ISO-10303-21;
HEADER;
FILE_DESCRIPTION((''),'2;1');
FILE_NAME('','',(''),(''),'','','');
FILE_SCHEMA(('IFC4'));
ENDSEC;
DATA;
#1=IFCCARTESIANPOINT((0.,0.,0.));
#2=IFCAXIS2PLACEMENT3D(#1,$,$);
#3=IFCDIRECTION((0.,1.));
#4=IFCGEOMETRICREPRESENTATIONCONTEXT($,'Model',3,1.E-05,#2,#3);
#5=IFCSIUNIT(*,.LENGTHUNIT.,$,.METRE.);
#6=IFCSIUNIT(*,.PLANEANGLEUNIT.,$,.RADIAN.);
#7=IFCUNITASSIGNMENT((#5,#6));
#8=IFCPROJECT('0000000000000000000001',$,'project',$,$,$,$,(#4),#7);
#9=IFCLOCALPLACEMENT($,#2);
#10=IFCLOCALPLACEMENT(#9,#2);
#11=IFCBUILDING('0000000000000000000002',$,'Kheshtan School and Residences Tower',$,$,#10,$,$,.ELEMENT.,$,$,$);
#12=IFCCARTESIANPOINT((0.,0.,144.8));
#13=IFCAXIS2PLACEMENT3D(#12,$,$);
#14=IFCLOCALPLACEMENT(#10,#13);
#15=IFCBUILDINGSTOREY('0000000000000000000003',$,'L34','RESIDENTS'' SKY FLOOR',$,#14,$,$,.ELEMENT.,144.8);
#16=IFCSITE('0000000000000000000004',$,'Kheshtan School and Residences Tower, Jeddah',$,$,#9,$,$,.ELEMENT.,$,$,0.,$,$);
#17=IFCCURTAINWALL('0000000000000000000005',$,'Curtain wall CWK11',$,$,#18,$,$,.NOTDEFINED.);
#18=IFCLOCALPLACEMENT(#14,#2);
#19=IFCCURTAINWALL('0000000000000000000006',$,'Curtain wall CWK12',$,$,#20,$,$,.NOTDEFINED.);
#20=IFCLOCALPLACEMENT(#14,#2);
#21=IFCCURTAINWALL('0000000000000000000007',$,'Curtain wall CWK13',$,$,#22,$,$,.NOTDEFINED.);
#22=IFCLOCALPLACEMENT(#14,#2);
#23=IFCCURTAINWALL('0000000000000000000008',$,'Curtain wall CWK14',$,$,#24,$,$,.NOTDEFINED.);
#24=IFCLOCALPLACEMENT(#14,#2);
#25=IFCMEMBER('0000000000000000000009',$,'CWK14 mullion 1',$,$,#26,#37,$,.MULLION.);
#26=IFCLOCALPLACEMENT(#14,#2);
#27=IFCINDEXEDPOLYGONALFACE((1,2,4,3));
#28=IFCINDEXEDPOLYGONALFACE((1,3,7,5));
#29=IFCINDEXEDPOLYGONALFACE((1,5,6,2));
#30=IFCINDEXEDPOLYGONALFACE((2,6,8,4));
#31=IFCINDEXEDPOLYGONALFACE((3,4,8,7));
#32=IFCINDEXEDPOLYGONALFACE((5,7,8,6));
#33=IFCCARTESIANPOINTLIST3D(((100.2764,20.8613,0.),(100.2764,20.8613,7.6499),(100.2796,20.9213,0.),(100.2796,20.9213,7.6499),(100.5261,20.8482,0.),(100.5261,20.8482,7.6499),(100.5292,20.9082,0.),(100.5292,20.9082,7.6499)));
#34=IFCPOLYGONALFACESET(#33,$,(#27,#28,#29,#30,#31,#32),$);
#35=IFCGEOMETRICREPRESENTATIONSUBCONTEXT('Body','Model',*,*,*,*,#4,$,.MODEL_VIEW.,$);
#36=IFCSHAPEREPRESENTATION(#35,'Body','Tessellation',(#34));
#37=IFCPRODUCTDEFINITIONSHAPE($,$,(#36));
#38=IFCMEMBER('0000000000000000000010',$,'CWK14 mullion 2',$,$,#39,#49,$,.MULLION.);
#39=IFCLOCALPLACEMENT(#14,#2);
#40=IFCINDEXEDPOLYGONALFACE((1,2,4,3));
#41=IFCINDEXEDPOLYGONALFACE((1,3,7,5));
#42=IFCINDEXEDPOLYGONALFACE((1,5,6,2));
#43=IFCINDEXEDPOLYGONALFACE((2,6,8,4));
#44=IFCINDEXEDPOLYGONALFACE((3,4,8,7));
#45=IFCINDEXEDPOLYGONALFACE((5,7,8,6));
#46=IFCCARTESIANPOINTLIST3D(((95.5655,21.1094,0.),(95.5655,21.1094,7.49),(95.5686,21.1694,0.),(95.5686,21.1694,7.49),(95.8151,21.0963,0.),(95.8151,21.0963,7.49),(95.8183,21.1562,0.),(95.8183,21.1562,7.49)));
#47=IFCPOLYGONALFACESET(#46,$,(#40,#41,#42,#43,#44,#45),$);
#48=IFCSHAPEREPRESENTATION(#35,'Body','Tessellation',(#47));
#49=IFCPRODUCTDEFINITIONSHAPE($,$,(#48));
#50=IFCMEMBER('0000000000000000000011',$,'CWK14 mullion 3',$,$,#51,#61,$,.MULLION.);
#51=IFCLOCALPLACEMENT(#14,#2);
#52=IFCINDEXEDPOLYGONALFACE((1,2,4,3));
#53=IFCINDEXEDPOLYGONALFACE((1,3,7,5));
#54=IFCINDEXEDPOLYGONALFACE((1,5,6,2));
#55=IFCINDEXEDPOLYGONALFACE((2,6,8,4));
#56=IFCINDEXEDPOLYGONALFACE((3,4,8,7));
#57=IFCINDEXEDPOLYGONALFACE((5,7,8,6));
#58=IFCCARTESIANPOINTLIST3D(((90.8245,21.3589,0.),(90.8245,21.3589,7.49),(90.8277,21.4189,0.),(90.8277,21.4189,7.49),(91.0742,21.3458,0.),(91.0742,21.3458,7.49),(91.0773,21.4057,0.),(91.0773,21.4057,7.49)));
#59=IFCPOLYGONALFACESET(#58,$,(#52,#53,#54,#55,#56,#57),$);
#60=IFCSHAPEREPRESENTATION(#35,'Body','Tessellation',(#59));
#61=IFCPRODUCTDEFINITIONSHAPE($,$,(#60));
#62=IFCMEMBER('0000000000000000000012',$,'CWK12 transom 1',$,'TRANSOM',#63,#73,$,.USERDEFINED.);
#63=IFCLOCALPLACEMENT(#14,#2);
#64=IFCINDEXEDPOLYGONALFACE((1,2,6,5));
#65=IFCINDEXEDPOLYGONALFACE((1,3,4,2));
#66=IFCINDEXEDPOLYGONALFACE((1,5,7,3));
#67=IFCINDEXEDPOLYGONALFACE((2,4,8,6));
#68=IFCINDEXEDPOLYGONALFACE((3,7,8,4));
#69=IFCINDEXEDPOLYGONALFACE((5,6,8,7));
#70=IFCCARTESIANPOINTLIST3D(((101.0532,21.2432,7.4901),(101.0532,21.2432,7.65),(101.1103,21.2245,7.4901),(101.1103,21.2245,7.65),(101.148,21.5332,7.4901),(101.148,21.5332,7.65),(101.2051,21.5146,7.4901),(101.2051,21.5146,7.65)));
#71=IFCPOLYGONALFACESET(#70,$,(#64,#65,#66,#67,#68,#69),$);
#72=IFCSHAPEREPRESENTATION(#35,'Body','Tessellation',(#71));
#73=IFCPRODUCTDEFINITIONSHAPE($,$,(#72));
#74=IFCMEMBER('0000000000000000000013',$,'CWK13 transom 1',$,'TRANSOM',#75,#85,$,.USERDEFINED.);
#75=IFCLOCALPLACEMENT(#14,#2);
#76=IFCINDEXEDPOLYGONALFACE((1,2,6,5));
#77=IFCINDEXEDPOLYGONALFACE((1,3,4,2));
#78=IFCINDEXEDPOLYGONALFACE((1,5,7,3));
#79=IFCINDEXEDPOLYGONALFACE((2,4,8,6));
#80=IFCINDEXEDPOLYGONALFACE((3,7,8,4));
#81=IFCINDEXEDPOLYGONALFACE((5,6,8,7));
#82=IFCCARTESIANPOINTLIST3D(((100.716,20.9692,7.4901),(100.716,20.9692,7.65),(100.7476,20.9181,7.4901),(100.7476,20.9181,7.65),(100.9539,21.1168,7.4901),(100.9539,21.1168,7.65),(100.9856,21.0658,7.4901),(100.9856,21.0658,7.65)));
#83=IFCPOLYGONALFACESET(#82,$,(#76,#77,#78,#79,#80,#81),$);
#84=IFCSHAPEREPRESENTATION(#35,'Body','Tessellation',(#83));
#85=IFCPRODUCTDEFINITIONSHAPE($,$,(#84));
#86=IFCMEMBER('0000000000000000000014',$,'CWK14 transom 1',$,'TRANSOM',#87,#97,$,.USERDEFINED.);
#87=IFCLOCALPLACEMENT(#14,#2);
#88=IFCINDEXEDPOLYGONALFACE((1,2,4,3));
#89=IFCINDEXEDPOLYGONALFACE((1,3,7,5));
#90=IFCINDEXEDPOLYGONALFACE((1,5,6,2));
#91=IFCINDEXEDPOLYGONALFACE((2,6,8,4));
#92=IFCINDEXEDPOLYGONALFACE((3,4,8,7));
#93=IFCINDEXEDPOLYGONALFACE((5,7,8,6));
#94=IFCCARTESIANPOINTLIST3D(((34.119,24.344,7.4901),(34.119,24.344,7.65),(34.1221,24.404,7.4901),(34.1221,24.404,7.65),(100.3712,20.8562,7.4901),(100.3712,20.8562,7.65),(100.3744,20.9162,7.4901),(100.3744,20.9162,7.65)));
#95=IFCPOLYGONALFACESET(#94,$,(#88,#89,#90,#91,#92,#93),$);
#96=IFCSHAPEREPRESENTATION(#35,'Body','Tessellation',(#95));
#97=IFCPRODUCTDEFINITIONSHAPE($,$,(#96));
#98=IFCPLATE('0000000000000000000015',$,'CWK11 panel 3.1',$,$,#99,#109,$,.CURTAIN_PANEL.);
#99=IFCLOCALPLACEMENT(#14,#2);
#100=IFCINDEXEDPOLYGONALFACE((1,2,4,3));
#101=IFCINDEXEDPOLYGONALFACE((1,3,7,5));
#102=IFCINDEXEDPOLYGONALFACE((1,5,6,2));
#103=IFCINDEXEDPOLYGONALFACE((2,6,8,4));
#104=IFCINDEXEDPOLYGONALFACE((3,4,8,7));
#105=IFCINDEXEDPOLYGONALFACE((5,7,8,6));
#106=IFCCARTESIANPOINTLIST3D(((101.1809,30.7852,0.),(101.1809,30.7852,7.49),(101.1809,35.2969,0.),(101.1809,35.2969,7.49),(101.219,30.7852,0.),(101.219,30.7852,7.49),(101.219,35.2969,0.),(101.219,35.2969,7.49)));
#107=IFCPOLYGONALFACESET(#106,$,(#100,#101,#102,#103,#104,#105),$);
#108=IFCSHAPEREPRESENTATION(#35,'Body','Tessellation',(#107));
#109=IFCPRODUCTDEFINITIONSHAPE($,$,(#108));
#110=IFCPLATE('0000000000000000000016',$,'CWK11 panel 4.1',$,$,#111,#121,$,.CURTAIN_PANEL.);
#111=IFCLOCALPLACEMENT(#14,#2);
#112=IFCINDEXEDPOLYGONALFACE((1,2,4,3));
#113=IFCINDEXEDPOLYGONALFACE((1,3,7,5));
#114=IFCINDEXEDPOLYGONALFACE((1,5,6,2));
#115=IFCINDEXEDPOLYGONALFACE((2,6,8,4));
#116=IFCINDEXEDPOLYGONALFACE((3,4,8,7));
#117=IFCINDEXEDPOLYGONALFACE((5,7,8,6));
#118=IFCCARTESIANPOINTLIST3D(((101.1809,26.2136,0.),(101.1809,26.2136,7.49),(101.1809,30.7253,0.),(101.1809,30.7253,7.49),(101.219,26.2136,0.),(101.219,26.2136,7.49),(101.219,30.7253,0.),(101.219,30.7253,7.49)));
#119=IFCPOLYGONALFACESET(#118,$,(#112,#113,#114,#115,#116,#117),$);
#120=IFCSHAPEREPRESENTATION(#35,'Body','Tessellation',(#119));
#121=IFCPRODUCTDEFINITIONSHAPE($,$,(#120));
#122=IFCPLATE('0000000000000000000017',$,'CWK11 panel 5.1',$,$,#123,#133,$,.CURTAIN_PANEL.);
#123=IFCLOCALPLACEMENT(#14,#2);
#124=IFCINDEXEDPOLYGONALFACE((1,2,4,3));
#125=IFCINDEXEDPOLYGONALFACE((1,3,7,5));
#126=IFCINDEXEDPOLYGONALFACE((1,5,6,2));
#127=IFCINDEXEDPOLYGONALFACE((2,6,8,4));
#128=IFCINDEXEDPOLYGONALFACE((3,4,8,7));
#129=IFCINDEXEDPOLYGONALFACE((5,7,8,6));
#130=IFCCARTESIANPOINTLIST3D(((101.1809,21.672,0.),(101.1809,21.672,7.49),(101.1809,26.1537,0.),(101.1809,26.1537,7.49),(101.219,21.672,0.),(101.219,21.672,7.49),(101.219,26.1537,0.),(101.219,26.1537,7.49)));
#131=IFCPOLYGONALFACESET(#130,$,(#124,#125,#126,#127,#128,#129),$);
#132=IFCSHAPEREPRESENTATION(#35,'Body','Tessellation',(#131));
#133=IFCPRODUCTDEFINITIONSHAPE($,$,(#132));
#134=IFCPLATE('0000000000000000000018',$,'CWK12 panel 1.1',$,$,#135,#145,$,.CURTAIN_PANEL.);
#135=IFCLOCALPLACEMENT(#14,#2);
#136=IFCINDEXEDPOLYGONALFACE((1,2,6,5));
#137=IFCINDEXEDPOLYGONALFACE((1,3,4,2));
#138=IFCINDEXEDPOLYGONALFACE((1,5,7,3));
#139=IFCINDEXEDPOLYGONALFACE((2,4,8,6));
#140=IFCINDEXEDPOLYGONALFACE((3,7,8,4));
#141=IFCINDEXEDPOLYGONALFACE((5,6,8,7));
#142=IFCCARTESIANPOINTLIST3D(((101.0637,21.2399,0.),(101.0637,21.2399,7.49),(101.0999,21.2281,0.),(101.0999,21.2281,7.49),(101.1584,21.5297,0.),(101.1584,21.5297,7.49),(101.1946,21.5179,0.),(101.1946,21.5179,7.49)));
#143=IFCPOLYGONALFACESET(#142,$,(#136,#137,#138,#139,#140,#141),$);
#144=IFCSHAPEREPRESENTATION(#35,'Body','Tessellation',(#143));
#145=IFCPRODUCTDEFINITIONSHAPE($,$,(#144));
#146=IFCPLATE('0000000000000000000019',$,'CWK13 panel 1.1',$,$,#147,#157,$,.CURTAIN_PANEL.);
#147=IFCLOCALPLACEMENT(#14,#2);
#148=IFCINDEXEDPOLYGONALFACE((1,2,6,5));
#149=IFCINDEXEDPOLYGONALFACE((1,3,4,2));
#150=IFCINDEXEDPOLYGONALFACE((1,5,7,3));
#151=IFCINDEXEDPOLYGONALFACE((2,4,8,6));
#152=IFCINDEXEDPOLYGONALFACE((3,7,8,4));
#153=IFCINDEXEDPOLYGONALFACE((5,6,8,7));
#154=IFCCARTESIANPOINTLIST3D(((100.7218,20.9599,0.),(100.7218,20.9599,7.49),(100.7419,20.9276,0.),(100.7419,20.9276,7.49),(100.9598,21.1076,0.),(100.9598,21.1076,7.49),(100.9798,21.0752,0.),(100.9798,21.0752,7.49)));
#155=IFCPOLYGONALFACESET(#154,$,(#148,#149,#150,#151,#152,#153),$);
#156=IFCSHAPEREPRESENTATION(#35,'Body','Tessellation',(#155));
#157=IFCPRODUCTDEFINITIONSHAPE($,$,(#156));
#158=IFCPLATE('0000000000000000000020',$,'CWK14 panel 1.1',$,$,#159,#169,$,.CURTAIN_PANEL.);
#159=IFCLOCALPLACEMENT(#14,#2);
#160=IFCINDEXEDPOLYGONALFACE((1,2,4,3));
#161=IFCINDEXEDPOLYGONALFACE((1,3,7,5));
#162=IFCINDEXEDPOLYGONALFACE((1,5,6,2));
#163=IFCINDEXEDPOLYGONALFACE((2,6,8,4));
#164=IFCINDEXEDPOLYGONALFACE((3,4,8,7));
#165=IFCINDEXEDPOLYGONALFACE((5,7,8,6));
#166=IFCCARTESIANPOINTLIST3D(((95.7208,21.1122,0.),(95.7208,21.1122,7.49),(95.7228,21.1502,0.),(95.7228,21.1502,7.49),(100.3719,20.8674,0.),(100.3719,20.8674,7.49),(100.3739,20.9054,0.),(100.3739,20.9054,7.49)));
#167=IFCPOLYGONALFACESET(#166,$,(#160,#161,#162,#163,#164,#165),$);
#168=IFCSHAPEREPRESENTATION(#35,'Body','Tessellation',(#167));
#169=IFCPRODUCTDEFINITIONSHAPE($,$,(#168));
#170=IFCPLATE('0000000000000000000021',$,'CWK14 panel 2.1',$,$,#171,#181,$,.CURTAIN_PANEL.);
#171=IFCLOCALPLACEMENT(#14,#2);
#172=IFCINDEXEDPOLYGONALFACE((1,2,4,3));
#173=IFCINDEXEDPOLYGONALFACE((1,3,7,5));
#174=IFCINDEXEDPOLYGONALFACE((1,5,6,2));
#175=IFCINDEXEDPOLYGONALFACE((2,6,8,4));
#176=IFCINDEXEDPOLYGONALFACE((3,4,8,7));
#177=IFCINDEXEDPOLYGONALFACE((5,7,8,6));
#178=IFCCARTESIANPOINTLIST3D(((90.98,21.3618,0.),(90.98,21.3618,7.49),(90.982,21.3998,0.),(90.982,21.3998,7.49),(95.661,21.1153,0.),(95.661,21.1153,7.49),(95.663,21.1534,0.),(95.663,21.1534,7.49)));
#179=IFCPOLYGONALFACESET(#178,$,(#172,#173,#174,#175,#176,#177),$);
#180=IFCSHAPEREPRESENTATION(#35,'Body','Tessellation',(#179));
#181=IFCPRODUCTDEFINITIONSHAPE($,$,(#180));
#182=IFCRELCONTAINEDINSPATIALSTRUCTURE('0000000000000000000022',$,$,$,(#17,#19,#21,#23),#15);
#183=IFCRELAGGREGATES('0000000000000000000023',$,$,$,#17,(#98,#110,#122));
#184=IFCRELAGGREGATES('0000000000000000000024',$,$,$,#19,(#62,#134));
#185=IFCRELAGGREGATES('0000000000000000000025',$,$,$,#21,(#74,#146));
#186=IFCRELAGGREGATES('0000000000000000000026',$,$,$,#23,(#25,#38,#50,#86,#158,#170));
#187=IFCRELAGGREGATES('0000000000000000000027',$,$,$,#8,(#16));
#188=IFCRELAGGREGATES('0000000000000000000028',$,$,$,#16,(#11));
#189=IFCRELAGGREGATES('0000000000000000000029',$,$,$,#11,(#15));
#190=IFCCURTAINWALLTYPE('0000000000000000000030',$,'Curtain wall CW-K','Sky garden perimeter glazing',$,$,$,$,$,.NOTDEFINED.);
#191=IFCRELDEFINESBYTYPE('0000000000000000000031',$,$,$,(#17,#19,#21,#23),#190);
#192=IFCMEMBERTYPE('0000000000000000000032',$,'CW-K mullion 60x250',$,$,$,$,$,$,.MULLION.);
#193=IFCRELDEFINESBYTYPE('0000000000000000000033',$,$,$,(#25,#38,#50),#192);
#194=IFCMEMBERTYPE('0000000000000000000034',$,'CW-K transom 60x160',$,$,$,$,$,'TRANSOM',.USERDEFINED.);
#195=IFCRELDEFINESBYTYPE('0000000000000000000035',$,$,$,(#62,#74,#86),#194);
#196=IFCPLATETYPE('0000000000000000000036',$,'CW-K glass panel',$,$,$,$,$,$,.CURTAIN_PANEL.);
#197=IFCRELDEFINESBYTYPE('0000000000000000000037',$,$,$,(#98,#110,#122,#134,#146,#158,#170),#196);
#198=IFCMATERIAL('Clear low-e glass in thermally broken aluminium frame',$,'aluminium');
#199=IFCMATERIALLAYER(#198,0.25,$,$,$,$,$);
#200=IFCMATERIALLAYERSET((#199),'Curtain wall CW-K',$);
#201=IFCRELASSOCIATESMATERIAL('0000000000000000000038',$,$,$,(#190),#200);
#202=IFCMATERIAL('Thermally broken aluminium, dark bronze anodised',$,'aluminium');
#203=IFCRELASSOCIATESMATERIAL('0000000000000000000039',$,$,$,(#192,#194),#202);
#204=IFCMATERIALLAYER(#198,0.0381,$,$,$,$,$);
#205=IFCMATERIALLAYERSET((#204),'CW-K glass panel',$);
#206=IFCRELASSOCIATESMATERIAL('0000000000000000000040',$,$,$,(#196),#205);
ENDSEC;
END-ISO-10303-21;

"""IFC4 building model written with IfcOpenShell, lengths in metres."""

from ifc_helpers import new_model, si_unit, direction, frame, origin, origin_2d, place, context, subcontext, project, spatial, rectangle, extrude, material, layer, layer_set, material_profile, profile_set, type_object, element, aggregate, save


model = new_model("IFC4")

# Units and contexts
model_context = context("Model", 3, precision=1e-05, world=origin(), true_north=direction((0.0, 1.0)))
body_context = subcontext(model_context, "Body", "Model", "MODEL_VIEW")
ifc_project = project(units=[si_unit("LENGTHUNIT", "METRE"), si_unit("PLANEANGLEUNIT", "RADIAN")], contexts=[model_context])

# Site, building, storey
site_placement = place(None, origin())
site = spatial("IfcSite", under=ifc_project, at=site_placement, Name="Kheshtan School and Residences Tower, Jeddah", CompositionType="ELEMENT", RefElevation=0.0)
building_placement = place(site_placement, origin())
building = spatial("IfcBuilding", under=site, at=building_placement, Name="Kheshtan School and Residences Tower", CompositionType="ELEMENT")
storey_placement = place(building_placement, frame((0.0, 0.0, 144.8)))
storey = spatial("IfcBuildingStorey", under=building, at=storey_placement, Name="L34", Description="RESIDENTS' SKY FLOOR", CompositionType="ELEMENT", Elevation=144.8)

# Curtain walls, members
ifc_material_1 = material(Name="Clear low-e glass in thermally broken aluminium frame", Category="aluminium")
ifc_layer_1 = layer(ifc_material_1, 0.25)
ifc_layer_set_1 = layer_set([ifc_layer_1], Name="Curtain wall CW-K")
curtain_wall_type = type_object("IfcCurtainWallType", Name="Curtain wall CW-K", Description="Sky garden perimeter glazing", PredefinedType="NOTDEFINED", material=ifc_layer_set_1)
curtain_wall_1_placement = place(storey_placement, origin())
curtain_wall_1 = element("IfcCurtainWall", 1, at=curtain_wall_1_placement, inside=storey, type_object=curtain_wall_type, Name="Curtain wall CWK11", PredefinedType="NOTDEFINED")
ifc_material_2 = material(Name="Thermally broken aluminium, dark bronze anodised", Category="aluminium")
ifc_material_profile_1 = material_profile(ifc_material_2, rectangle(XDim=0.0601, YDim=0.25, at=origin_2d()), Name="CW-K mullion 60x250")
ifc_profile_set_1 = profile_set([ifc_material_profile_1], Name="Thermally broken aluminium, dark bronze anodised")
member_type_1 = type_object("IfcMemberType", Name="CW-K mullion 60x250", PredefinedType="MULLION", material=ifc_profile_set_1)
curtain_wall_2_placement = place(storey_placement, origin())
curtain_wall_2 = element("IfcCurtainWall", 2, at=curtain_wall_2_placement, inside=storey, type_object=curtain_wall_type, Name="Curtain wall CWK12", PredefinedType="NOTDEFINED")
curtain_wall_3_placement = place(storey_placement, origin())
curtain_wall_3 = element("IfcCurtainWall", 3, at=curtain_wall_3_placement, inside=storey, type_object=curtain_wall_type, Name="Curtain wall CWK13", PredefinedType="NOTDEFINED")
curtain_wall_4_placement = place(storey_placement, origin())
curtain_wall_4 = element("IfcCurtainWall", 4, at=curtain_wall_4_placement, inside=storey, type_object=curtain_wall_type, Name="Curtain wall CWK14", PredefinedType="NOTDEFINED")
member_1_placement = place(storey_placement, frame((100.4028, 20.8848, 0.0), z_axis=(0.0, 0.0, 1.0), x_axis=(-0.05257, -0.998617, 0.0)))
member_1 = element("IfcMember", 5, at=member_1_placement, type_object=member_type_1, Name="CWK14 mullion 1", PredefinedType="MULLION", context=body_context, shape_type="SweptSolid", body=[
    extrude(rectangle(XDim=0.0601, YDim=0.25, at=origin_2d()), origin(), (0.0, 0.0, 1.0), 7.6499),
])
member_2_placement = place(storey_placement, frame((95.6919, 21.1328, 0.0), z_axis=(0.0, 0.0, 1.0), x_axis=(-0.05257, -0.998617, 0.0)))
member_2 = element("IfcMember", 6, at=member_2_placement, type_object=member_type_1, Name="CWK14 mullion 2", PredefinedType="MULLION", context=body_context, shape_type="SweptSolid", body=[
    extrude(rectangle(XDim=0.0601, YDim=0.25, at=origin_2d()), origin(), (0.0, 0.0, 1.0), 7.49),
])
member_3_placement = place(storey_placement, frame((90.9509, 21.3823, 0.0), z_axis=(0.0, 0.0, 1.0), x_axis=(-0.05257, -0.998617, 0.0)))
member_3 = element("IfcMember", 7, at=member_3_placement, type_object=member_type_1, Name="CWK14 mullion 3", PredefinedType="MULLION", context=body_context, shape_type="SweptSolid", body=[
    extrude(rectangle(XDim=0.0601, YDim=0.25, at=origin_2d()), origin(), (0.0, 0.0, 1.0), 7.49),
])

# Members
ifc_material_profile_2 = material_profile(ifc_material_2, rectangle(XDim=0.0601, YDim=0.1599, at=origin_2d()), Name="CW-K transom 60x160")
ifc_profile_set_2 = profile_set([ifc_material_profile_2], Name="Thermally broken aluminium, dark bronze anodised")
member_type_2 = type_object("IfcMemberType", Name="CW-K transom 60x160", ElementType="TRANSOM", PredefinedType="USERDEFINED", material=ifc_profile_set_2)
member_4_placement = place(storey_placement, frame((101.1765, 21.5239, 7.5701), z_axis=(-0.310461, -0.950586, 0.0), x_axis=(0.950586, -0.310461, 0.0)))
member_4 = element("IfcMember", 8, at=member_4_placement, type_object=member_type_2, Name="CWK12 transom 1", ObjectType="TRANSOM", PredefinedType="USERDEFINED", context=body_context, shape_type="SweptSolid", body=[
    extrude(rectangle(XDim=0.0601, YDim=0.1599, at=origin_2d()), origin(), (0.0, 0.0, 1.0), 0.3052),
])
member_5_placement = place(storey_placement, frame((100.9697, 21.0913, 7.5701), z_axis=(-0.849707, -0.527254, 0.0), x_axis=(0.527254, -0.849707, 0.0)))
member_5 = element("IfcMember", 9, at=member_5_placement, type_object=member_type_2, Name="CWK13 transom 1", ObjectType="TRANSOM", PredefinedType="USERDEFINED", context=body_context, shape_type="SweptSolid", body=[
    extrude(rectangle(XDim=0.0601, YDim=0.1599, at=origin_2d()), origin(), (0.0, 0.0, 1.0), 0.28),
])
member_6_placement = place(storey_placement, frame((100.3728, 20.8862, 7.5701), z_axis=(-0.998617, 0.052571, 0.0), x_axis=(-0.052571, -0.998617, 0.0)))
member_6 = element("IfcMember", 10, at=member_6_placement, type_object=member_type_2, Name="CWK14 transom 1", ObjectType="TRANSOM", PredefinedType="USERDEFINED", context=body_context, shape_type="SweptSolid", body=[
    extrude(rectangle(XDim=0.0601, YDim=0.1599, at=origin_2d()), origin(), (0.0, 0.0, 1.0), 66.344),
])

# Plates
ifc_layer_2 = layer(ifc_material_1, 0.0381)
ifc_layer_set_2 = layer_set([ifc_layer_2], Name="CW-K glass panel")
plate_type = type_object("IfcPlateType", Name="CW-K glass panel", PredefinedType="CURTAIN_PANEL", material=ifc_layer_set_2)
plate_1_placement = place(storey_placement, frame((101.2, 33.041, 0.0), z_axis=(0.0, 0.0, 1.0), x_axis=(0.0, -1.0, 0.0)))
plate_1 = element("IfcPlate", 11, at=plate_1_placement, type_object=plate_type, Name="CWK11 panel 3.1", PredefinedType="CURTAIN_PANEL", context=body_context, shape_type="SweptSolid", body=[
    extrude(rectangle(XDim=4.5117, YDim=0.0381, at=origin_2d()), origin(), (0.0, 0.0, 1.0), 7.49),
])
plate_2_placement = place(storey_placement, frame((101.2, 28.4695, 0.0), z_axis=(0.0, 0.0, 1.0), x_axis=(0.0, -1.0, 0.0)))
plate_2 = element("IfcPlate", 12, at=plate_2_placement, type_object=plate_type, Name="CWK11 panel 4.1", PredefinedType="CURTAIN_PANEL", context=body_context, shape_type="SweptSolid", body=[
    extrude(rectangle(XDim=4.5117, YDim=0.0381, at=origin_2d()), origin(), (0.0, 0.0, 1.0), 7.49),
])
plate_3_placement = place(storey_placement, frame((101.2, 23.9128, 0.0), z_axis=(0.0, 0.0, 1.0), x_axis=(0.0, -1.0, 0.0)))
plate_3 = element("IfcPlate", 13, at=plate_3_placement, type_object=plate_type, Name="CWK11 panel 5.1", PredefinedType="CURTAIN_PANEL", context=body_context, shape_type="SweptSolid", body=[
    extrude(rectangle(XDim=4.4817, YDim=0.0381, at=origin_2d()), origin(), (0.0, 0.0, 1.0), 7.49),
])
aggregate(curtain_wall_1, [plate_1, plate_2, plate_3])
plate_4_placement = place(storey_placement, frame((101.1292, 21.3789, 0.0), z_axis=(0.0, 0.0, 1.0), x_axis=(-0.310575, -0.950549, 0.0)))
plate_4 = element("IfcPlate", 14, at=plate_4_placement, type_object=plate_type, Name="CWK12 panel 1.1", PredefinedType="CURTAIN_PANEL", context=body_context, shape_type="SweptSolid", body=[
    extrude(rectangle(XDim=0.3049, YDim=0.0381, at=origin_2d()), origin(), (0.0, 0.0, 1.0), 7.49),
])
aggregate(curtain_wall_2, [member_4, plate_4])
plate_5_placement = place(storey_placement, frame((100.8508, 21.0176, 0.0), z_axis=(0.0, 0.0, 1.0), x_axis=(-0.849679, -0.527301, 0.0)))
plate_5 = element("IfcPlate", 15, at=plate_5_placement, type_object=plate_type, Name="CWK13 panel 1.1", PredefinedType="CURTAIN_PANEL", context=body_context, shape_type="SweptSolid", body=[
    extrude(rectangle(XDim=0.28, YDim=0.0381, at=origin_2d()), origin(), (0.0, 0.0, 1.0), 7.49),
])
aggregate(curtain_wall_3, [member_5, plate_5])
plate_6_placement = place(storey_placement, frame((98.0474, 21.0088, 0.0), z_axis=(0.0, 0.0, 1.0), x_axis=(-0.998617, 0.05257, 0.0)))
plate_6 = element("IfcPlate", 16, at=plate_6_placement, type_object=plate_type, Name="CWK14 panel 1.1", PredefinedType="CURTAIN_PANEL", context=body_context, shape_type="SweptSolid", body=[
    extrude(rectangle(XDim=4.6575, YDim=0.0381, at=origin_2d()), origin(), (0.0, 0.0, 1.0), 7.49),
])
plate_7_placement = place(storey_placement, frame((93.3215, 21.2576, 0.0), z_axis=(0.0, 0.0, 1.0), x_axis=(-0.998617, 0.05257, 0.0)))
plate_7 = element("IfcPlate", 17, at=plate_7_placement, type_object=plate_type, Name="CWK14 panel 2.1", PredefinedType="CURTAIN_PANEL", context=body_context, shape_type="SweptSolid", body=[
    extrude(rectangle(XDim=4.6875, YDim=0.0381, at=origin_2d()), origin(), (0.0, 0.0, 1.0), 7.49),
])
aggregate(curtain_wall_4, [member_1, member_2, member_3, member_6, plate_6, plate_7])

save(model, "model.ifc")
